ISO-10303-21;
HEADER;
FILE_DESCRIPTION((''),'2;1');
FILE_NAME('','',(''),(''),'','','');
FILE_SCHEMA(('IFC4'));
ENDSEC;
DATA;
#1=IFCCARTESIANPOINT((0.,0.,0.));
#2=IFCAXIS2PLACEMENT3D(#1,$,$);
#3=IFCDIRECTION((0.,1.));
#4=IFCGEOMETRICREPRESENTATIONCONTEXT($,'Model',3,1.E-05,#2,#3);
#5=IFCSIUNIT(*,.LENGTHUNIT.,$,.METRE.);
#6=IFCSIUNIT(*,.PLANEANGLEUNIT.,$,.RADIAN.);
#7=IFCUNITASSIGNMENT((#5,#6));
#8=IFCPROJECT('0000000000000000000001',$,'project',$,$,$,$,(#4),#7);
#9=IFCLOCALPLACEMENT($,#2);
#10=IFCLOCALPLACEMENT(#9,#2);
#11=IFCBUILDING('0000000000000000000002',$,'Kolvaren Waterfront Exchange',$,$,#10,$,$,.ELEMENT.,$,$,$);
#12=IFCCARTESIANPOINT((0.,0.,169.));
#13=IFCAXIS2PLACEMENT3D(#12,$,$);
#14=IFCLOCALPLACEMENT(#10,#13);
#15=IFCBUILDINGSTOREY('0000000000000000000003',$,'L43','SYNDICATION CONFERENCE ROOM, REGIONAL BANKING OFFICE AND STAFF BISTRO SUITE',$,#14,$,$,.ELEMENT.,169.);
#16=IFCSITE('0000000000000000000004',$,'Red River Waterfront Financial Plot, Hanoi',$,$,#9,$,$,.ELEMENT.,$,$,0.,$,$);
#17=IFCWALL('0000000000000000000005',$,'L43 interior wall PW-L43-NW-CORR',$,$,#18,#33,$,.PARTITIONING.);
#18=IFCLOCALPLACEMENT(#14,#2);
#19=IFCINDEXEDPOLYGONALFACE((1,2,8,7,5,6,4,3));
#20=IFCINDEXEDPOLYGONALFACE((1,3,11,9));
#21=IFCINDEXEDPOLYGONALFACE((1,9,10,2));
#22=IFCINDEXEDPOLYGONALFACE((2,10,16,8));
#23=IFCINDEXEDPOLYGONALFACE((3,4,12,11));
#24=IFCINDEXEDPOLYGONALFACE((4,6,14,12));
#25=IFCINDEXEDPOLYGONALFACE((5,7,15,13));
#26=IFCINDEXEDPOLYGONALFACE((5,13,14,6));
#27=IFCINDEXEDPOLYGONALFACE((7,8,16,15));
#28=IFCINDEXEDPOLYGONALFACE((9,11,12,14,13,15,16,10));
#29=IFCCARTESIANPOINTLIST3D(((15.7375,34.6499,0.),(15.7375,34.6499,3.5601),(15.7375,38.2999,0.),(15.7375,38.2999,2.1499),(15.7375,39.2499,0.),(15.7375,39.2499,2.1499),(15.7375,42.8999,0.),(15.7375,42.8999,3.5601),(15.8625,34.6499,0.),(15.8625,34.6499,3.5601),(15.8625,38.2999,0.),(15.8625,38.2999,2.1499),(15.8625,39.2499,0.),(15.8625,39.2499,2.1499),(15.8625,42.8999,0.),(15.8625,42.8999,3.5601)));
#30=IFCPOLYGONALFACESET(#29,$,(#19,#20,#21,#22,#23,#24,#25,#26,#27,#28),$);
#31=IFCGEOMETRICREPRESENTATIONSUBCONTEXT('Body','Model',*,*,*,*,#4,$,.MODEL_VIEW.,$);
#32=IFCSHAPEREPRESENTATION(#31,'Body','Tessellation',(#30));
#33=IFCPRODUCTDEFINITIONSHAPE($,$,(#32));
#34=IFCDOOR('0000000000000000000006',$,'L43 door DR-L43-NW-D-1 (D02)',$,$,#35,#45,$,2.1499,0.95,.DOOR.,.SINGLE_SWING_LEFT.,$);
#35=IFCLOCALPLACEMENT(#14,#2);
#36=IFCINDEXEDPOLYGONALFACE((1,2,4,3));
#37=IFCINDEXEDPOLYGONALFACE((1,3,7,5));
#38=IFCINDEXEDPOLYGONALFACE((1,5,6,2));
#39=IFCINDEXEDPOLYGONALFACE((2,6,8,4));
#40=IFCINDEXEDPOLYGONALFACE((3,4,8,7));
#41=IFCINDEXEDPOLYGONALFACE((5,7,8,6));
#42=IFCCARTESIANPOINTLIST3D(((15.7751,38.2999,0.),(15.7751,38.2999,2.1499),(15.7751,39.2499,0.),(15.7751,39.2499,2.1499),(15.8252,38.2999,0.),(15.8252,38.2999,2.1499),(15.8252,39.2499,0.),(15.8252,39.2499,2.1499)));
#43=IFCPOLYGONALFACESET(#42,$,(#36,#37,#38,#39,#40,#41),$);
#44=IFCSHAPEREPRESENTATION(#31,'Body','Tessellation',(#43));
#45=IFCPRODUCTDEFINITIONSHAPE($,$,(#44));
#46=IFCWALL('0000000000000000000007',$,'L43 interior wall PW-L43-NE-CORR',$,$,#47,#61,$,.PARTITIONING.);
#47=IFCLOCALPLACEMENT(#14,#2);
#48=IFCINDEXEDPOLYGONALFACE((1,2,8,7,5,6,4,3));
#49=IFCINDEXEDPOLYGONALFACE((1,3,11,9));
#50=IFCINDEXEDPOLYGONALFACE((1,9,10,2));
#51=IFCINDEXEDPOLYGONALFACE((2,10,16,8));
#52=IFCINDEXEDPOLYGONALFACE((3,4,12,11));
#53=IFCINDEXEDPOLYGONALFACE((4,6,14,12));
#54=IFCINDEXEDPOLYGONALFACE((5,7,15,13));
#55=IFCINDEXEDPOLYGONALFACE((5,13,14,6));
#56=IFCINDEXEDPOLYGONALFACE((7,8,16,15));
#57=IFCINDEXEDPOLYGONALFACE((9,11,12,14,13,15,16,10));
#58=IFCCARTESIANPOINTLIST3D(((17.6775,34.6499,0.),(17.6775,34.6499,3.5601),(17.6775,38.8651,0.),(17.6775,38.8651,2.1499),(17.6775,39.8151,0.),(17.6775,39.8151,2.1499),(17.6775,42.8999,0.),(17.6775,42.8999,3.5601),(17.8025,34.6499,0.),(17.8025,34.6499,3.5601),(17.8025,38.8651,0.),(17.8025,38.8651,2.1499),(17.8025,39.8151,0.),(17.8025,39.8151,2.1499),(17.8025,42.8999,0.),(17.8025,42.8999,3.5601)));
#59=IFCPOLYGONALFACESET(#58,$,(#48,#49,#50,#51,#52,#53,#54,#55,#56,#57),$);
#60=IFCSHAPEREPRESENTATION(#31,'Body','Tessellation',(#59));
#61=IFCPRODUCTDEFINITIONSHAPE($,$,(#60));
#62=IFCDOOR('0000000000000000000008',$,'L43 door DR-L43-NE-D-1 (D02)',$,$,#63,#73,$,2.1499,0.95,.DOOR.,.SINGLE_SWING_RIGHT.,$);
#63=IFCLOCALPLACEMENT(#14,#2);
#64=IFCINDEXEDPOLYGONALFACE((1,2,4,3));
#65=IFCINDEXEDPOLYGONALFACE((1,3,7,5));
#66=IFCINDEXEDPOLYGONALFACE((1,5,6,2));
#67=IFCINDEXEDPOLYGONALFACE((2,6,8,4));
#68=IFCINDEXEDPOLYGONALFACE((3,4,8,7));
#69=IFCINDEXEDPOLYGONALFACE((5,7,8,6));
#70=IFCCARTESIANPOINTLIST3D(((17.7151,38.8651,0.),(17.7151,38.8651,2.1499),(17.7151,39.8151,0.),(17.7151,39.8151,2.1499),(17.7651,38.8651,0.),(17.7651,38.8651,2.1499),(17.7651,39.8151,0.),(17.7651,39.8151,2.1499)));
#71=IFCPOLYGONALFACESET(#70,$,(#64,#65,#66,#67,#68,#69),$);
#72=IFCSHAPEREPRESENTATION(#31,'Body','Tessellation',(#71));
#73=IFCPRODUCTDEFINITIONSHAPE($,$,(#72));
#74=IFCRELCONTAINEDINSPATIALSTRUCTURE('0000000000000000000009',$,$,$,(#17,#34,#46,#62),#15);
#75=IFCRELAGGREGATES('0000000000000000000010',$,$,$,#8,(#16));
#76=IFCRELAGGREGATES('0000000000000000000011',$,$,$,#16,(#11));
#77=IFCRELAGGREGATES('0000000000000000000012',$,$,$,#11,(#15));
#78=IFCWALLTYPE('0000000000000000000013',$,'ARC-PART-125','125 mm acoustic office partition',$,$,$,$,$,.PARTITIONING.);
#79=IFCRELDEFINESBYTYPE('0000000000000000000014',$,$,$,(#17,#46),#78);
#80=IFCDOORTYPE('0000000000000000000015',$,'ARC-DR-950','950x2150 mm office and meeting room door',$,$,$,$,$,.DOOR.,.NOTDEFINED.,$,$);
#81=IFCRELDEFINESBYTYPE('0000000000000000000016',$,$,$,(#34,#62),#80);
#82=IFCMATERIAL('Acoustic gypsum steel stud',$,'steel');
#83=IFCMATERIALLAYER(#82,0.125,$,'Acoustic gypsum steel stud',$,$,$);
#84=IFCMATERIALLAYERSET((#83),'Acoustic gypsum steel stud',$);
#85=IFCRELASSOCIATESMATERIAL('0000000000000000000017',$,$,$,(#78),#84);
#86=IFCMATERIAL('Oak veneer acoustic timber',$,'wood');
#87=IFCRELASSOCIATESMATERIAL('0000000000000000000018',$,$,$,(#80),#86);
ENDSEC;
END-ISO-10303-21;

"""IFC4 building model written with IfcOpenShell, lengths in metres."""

from ifc_helpers import new_model, si_unit, direction, frame, frame_2d, origin, place, context, subcontext, project, spatial, rectangle, extrude, material, layer, layer_set, type_object, element, fill, save


model = new_model("IFC4")

# Units and contexts
model_context = context("Model", 3, precision=1e-05, world=origin(), true_north=direction((0.0, 1.0)))
body_context = subcontext(model_context, "Body", "Model", "MODEL_VIEW")
ifc_project = project(units=[si_unit("LENGTHUNIT", "METRE"), si_unit("PLANEANGLEUNIT", "RADIAN")], contexts=[model_context])

# Site, building, storey
site_placement = place(None, origin())
site = spatial("IfcSite", under=ifc_project, at=site_placement, Name="Red River Waterfront Financial Plot, Hanoi", CompositionType="ELEMENT", RefElevation=0.0)
building_placement = place(site_placement, origin())
building = spatial("IfcBuilding", under=site, at=building_placement, Name="Kolvaren Waterfront Exchange", CompositionType="ELEMENT")
storey_placement = place(building_placement, frame((0.0, 0.0, 169.0)))
storey = spatial("IfcBuildingStorey", under=building, at=storey_placement, Name="L43", Description="SYNDICATION CONFERENCE ROOM, REGIONAL BANKING OFFICE AND STAFF BISTRO SUITE", CompositionType="ELEMENT", Elevation=169.0)

# Shared definitions
ifc_material_1 = material(Name="Acoustic gypsum steel stud", Category="steel")
ifc_layer_1 = layer(ifc_material_1, 0.125, Name="Acoustic gypsum steel stud")
ifc_layer_set_1 = layer_set([ifc_layer_1], Name="Acoustic gypsum steel stud")
wall_type = type_object("IfcWallType", Name="ARC-PART-125", Description="125 mm acoustic office partition", PredefinedType="PARTITIONING", material=ifc_layer_set_1)

# Walls, openings, doors
wall_1_placement = place(storey_placement, frame((15.8, 34.6499, 0.0), z_axis=(0.0, 0.0, 1.0), x_axis=(0.0, 1.0, 0.0)))
wall_1 = element("IfcWall", 1, at=wall_1_placement, inside=storey, type_object=wall_type, Name="L43 interior wall PW-L43-NW-CORR", PredefinedType="PARTITIONING", context=body_context, shape_type="SweptSolid", body=[
    extrude(rectangle(XDim=8.25, YDim=0.125, at=frame_2d((4.125, 0.0))), origin(), (0.0, 0.0, 1.0), 3.5601),
])
opening_1_placement = place(wall_1_placement, frame((3.6499, 0.0, 0.0)))
opening_1 = element("IfcOpeningElement", 2, at=opening_1_placement, cuts=wall_1, PredefinedType="OPENING", context=body_context, shape_type="SweptSolid", body=[
    extrude(rectangle(XDim=0.95, YDim=2.1499, at=frame_2d((0.4751, 1.075))), frame((0.0, 0.0725, 0.0), z_axis=(0.0, -1.0, 0.0), x_axis=(1.0, 0.0, 0.0)), (0.0, 0.0, 1.0), 0.145),
])
ifc_material_2 = material(Name="Oak veneer acoustic timber", Category="wood")
door_type = type_object("IfcDoorType", Name="ARC-DR-950", Description="950x2150 mm office and meeting room door", OperationType="NOTDEFINED", PredefinedType="DOOR", material=ifc_material_2)
door_1_placement = place(opening_1_placement, origin())
door_1 = element("IfcDoor", 3, at=door_1_placement, inside=storey, type_object=door_type, Name="L43 door DR-L43-NW-D-1 (D02)", OperationType="SINGLE_SWING_LEFT", OverallHeight=2.1499, OverallWidth=0.95, PredefinedType="DOOR", context=body_context, shape_type="SweptSolid", body=[
    extrude(rectangle(XDim=0.95, YDim=2.1499, at=frame_2d((0.4751, 1.075))), frame((0.0, 0.0249, 0.0), z_axis=(0.0, -1.0, 0.0), x_axis=(1.0, 0.0, 0.0)), (0.0, 0.0, 1.0), 0.05),
])
fill(opening_1, door_1)
wall_2_placement = place(storey_placement, frame((17.74, 34.6499, 0.0), z_axis=(0.0, 0.0, 1.0), x_axis=(0.0, 1.0, 0.0)))
wall_2 = element("IfcWall", 4, at=wall_2_placement, inside=storey, type_object=wall_type, Name="L43 interior wall PW-L43-NE-CORR", PredefinedType="PARTITIONING", context=body_context, shape_type="SweptSolid", body=[
    extrude(rectangle(XDim=8.25, YDim=0.125, at=frame_2d((4.125, 0.0))), origin(), (0.0, 0.0, 1.0), 3.5601),
])
opening_2_placement = place(wall_2_placement, frame((4.2151, 0.0, 0.0)))
opening_2 = element("IfcOpeningElement", 5, at=opening_2_placement, cuts=wall_2, PredefinedType="OPENING", context=body_context, shape_type="SweptSolid", body=[
    extrude(rectangle(XDim=0.95, YDim=2.1499, at=frame_2d((0.4751, 1.075))), frame((0.0, 0.0725, 0.0), z_axis=(0.0, -1.0, 0.0), x_axis=(1.0, 0.0, 0.0)), (0.0, 0.0, 1.0), 0.145),
])
door_2_placement = place(opening_2_placement, origin())
door_2 = element("IfcDoor", 6, at=door_2_placement, inside=storey, type_object=door_type, Name="L43 door DR-L43-NE-D-1 (D02)", OperationType="SINGLE_SWING_RIGHT", OverallHeight=2.1499, OverallWidth=0.95, PredefinedType="DOOR", context=body_context, shape_type="SweptSolid", body=[
    extrude(rectangle(XDim=0.95, YDim=2.1499, at=frame_2d((0.4751, 1.075))), frame((0.0, 0.0249, 0.0), z_axis=(0.0, -1.0, 0.0), x_axis=(1.0, 0.0, 0.0)), (0.0, 0.0, 1.0), 0.05),
])
fill(opening_2, door_2)

save(model, "model.ifc")
